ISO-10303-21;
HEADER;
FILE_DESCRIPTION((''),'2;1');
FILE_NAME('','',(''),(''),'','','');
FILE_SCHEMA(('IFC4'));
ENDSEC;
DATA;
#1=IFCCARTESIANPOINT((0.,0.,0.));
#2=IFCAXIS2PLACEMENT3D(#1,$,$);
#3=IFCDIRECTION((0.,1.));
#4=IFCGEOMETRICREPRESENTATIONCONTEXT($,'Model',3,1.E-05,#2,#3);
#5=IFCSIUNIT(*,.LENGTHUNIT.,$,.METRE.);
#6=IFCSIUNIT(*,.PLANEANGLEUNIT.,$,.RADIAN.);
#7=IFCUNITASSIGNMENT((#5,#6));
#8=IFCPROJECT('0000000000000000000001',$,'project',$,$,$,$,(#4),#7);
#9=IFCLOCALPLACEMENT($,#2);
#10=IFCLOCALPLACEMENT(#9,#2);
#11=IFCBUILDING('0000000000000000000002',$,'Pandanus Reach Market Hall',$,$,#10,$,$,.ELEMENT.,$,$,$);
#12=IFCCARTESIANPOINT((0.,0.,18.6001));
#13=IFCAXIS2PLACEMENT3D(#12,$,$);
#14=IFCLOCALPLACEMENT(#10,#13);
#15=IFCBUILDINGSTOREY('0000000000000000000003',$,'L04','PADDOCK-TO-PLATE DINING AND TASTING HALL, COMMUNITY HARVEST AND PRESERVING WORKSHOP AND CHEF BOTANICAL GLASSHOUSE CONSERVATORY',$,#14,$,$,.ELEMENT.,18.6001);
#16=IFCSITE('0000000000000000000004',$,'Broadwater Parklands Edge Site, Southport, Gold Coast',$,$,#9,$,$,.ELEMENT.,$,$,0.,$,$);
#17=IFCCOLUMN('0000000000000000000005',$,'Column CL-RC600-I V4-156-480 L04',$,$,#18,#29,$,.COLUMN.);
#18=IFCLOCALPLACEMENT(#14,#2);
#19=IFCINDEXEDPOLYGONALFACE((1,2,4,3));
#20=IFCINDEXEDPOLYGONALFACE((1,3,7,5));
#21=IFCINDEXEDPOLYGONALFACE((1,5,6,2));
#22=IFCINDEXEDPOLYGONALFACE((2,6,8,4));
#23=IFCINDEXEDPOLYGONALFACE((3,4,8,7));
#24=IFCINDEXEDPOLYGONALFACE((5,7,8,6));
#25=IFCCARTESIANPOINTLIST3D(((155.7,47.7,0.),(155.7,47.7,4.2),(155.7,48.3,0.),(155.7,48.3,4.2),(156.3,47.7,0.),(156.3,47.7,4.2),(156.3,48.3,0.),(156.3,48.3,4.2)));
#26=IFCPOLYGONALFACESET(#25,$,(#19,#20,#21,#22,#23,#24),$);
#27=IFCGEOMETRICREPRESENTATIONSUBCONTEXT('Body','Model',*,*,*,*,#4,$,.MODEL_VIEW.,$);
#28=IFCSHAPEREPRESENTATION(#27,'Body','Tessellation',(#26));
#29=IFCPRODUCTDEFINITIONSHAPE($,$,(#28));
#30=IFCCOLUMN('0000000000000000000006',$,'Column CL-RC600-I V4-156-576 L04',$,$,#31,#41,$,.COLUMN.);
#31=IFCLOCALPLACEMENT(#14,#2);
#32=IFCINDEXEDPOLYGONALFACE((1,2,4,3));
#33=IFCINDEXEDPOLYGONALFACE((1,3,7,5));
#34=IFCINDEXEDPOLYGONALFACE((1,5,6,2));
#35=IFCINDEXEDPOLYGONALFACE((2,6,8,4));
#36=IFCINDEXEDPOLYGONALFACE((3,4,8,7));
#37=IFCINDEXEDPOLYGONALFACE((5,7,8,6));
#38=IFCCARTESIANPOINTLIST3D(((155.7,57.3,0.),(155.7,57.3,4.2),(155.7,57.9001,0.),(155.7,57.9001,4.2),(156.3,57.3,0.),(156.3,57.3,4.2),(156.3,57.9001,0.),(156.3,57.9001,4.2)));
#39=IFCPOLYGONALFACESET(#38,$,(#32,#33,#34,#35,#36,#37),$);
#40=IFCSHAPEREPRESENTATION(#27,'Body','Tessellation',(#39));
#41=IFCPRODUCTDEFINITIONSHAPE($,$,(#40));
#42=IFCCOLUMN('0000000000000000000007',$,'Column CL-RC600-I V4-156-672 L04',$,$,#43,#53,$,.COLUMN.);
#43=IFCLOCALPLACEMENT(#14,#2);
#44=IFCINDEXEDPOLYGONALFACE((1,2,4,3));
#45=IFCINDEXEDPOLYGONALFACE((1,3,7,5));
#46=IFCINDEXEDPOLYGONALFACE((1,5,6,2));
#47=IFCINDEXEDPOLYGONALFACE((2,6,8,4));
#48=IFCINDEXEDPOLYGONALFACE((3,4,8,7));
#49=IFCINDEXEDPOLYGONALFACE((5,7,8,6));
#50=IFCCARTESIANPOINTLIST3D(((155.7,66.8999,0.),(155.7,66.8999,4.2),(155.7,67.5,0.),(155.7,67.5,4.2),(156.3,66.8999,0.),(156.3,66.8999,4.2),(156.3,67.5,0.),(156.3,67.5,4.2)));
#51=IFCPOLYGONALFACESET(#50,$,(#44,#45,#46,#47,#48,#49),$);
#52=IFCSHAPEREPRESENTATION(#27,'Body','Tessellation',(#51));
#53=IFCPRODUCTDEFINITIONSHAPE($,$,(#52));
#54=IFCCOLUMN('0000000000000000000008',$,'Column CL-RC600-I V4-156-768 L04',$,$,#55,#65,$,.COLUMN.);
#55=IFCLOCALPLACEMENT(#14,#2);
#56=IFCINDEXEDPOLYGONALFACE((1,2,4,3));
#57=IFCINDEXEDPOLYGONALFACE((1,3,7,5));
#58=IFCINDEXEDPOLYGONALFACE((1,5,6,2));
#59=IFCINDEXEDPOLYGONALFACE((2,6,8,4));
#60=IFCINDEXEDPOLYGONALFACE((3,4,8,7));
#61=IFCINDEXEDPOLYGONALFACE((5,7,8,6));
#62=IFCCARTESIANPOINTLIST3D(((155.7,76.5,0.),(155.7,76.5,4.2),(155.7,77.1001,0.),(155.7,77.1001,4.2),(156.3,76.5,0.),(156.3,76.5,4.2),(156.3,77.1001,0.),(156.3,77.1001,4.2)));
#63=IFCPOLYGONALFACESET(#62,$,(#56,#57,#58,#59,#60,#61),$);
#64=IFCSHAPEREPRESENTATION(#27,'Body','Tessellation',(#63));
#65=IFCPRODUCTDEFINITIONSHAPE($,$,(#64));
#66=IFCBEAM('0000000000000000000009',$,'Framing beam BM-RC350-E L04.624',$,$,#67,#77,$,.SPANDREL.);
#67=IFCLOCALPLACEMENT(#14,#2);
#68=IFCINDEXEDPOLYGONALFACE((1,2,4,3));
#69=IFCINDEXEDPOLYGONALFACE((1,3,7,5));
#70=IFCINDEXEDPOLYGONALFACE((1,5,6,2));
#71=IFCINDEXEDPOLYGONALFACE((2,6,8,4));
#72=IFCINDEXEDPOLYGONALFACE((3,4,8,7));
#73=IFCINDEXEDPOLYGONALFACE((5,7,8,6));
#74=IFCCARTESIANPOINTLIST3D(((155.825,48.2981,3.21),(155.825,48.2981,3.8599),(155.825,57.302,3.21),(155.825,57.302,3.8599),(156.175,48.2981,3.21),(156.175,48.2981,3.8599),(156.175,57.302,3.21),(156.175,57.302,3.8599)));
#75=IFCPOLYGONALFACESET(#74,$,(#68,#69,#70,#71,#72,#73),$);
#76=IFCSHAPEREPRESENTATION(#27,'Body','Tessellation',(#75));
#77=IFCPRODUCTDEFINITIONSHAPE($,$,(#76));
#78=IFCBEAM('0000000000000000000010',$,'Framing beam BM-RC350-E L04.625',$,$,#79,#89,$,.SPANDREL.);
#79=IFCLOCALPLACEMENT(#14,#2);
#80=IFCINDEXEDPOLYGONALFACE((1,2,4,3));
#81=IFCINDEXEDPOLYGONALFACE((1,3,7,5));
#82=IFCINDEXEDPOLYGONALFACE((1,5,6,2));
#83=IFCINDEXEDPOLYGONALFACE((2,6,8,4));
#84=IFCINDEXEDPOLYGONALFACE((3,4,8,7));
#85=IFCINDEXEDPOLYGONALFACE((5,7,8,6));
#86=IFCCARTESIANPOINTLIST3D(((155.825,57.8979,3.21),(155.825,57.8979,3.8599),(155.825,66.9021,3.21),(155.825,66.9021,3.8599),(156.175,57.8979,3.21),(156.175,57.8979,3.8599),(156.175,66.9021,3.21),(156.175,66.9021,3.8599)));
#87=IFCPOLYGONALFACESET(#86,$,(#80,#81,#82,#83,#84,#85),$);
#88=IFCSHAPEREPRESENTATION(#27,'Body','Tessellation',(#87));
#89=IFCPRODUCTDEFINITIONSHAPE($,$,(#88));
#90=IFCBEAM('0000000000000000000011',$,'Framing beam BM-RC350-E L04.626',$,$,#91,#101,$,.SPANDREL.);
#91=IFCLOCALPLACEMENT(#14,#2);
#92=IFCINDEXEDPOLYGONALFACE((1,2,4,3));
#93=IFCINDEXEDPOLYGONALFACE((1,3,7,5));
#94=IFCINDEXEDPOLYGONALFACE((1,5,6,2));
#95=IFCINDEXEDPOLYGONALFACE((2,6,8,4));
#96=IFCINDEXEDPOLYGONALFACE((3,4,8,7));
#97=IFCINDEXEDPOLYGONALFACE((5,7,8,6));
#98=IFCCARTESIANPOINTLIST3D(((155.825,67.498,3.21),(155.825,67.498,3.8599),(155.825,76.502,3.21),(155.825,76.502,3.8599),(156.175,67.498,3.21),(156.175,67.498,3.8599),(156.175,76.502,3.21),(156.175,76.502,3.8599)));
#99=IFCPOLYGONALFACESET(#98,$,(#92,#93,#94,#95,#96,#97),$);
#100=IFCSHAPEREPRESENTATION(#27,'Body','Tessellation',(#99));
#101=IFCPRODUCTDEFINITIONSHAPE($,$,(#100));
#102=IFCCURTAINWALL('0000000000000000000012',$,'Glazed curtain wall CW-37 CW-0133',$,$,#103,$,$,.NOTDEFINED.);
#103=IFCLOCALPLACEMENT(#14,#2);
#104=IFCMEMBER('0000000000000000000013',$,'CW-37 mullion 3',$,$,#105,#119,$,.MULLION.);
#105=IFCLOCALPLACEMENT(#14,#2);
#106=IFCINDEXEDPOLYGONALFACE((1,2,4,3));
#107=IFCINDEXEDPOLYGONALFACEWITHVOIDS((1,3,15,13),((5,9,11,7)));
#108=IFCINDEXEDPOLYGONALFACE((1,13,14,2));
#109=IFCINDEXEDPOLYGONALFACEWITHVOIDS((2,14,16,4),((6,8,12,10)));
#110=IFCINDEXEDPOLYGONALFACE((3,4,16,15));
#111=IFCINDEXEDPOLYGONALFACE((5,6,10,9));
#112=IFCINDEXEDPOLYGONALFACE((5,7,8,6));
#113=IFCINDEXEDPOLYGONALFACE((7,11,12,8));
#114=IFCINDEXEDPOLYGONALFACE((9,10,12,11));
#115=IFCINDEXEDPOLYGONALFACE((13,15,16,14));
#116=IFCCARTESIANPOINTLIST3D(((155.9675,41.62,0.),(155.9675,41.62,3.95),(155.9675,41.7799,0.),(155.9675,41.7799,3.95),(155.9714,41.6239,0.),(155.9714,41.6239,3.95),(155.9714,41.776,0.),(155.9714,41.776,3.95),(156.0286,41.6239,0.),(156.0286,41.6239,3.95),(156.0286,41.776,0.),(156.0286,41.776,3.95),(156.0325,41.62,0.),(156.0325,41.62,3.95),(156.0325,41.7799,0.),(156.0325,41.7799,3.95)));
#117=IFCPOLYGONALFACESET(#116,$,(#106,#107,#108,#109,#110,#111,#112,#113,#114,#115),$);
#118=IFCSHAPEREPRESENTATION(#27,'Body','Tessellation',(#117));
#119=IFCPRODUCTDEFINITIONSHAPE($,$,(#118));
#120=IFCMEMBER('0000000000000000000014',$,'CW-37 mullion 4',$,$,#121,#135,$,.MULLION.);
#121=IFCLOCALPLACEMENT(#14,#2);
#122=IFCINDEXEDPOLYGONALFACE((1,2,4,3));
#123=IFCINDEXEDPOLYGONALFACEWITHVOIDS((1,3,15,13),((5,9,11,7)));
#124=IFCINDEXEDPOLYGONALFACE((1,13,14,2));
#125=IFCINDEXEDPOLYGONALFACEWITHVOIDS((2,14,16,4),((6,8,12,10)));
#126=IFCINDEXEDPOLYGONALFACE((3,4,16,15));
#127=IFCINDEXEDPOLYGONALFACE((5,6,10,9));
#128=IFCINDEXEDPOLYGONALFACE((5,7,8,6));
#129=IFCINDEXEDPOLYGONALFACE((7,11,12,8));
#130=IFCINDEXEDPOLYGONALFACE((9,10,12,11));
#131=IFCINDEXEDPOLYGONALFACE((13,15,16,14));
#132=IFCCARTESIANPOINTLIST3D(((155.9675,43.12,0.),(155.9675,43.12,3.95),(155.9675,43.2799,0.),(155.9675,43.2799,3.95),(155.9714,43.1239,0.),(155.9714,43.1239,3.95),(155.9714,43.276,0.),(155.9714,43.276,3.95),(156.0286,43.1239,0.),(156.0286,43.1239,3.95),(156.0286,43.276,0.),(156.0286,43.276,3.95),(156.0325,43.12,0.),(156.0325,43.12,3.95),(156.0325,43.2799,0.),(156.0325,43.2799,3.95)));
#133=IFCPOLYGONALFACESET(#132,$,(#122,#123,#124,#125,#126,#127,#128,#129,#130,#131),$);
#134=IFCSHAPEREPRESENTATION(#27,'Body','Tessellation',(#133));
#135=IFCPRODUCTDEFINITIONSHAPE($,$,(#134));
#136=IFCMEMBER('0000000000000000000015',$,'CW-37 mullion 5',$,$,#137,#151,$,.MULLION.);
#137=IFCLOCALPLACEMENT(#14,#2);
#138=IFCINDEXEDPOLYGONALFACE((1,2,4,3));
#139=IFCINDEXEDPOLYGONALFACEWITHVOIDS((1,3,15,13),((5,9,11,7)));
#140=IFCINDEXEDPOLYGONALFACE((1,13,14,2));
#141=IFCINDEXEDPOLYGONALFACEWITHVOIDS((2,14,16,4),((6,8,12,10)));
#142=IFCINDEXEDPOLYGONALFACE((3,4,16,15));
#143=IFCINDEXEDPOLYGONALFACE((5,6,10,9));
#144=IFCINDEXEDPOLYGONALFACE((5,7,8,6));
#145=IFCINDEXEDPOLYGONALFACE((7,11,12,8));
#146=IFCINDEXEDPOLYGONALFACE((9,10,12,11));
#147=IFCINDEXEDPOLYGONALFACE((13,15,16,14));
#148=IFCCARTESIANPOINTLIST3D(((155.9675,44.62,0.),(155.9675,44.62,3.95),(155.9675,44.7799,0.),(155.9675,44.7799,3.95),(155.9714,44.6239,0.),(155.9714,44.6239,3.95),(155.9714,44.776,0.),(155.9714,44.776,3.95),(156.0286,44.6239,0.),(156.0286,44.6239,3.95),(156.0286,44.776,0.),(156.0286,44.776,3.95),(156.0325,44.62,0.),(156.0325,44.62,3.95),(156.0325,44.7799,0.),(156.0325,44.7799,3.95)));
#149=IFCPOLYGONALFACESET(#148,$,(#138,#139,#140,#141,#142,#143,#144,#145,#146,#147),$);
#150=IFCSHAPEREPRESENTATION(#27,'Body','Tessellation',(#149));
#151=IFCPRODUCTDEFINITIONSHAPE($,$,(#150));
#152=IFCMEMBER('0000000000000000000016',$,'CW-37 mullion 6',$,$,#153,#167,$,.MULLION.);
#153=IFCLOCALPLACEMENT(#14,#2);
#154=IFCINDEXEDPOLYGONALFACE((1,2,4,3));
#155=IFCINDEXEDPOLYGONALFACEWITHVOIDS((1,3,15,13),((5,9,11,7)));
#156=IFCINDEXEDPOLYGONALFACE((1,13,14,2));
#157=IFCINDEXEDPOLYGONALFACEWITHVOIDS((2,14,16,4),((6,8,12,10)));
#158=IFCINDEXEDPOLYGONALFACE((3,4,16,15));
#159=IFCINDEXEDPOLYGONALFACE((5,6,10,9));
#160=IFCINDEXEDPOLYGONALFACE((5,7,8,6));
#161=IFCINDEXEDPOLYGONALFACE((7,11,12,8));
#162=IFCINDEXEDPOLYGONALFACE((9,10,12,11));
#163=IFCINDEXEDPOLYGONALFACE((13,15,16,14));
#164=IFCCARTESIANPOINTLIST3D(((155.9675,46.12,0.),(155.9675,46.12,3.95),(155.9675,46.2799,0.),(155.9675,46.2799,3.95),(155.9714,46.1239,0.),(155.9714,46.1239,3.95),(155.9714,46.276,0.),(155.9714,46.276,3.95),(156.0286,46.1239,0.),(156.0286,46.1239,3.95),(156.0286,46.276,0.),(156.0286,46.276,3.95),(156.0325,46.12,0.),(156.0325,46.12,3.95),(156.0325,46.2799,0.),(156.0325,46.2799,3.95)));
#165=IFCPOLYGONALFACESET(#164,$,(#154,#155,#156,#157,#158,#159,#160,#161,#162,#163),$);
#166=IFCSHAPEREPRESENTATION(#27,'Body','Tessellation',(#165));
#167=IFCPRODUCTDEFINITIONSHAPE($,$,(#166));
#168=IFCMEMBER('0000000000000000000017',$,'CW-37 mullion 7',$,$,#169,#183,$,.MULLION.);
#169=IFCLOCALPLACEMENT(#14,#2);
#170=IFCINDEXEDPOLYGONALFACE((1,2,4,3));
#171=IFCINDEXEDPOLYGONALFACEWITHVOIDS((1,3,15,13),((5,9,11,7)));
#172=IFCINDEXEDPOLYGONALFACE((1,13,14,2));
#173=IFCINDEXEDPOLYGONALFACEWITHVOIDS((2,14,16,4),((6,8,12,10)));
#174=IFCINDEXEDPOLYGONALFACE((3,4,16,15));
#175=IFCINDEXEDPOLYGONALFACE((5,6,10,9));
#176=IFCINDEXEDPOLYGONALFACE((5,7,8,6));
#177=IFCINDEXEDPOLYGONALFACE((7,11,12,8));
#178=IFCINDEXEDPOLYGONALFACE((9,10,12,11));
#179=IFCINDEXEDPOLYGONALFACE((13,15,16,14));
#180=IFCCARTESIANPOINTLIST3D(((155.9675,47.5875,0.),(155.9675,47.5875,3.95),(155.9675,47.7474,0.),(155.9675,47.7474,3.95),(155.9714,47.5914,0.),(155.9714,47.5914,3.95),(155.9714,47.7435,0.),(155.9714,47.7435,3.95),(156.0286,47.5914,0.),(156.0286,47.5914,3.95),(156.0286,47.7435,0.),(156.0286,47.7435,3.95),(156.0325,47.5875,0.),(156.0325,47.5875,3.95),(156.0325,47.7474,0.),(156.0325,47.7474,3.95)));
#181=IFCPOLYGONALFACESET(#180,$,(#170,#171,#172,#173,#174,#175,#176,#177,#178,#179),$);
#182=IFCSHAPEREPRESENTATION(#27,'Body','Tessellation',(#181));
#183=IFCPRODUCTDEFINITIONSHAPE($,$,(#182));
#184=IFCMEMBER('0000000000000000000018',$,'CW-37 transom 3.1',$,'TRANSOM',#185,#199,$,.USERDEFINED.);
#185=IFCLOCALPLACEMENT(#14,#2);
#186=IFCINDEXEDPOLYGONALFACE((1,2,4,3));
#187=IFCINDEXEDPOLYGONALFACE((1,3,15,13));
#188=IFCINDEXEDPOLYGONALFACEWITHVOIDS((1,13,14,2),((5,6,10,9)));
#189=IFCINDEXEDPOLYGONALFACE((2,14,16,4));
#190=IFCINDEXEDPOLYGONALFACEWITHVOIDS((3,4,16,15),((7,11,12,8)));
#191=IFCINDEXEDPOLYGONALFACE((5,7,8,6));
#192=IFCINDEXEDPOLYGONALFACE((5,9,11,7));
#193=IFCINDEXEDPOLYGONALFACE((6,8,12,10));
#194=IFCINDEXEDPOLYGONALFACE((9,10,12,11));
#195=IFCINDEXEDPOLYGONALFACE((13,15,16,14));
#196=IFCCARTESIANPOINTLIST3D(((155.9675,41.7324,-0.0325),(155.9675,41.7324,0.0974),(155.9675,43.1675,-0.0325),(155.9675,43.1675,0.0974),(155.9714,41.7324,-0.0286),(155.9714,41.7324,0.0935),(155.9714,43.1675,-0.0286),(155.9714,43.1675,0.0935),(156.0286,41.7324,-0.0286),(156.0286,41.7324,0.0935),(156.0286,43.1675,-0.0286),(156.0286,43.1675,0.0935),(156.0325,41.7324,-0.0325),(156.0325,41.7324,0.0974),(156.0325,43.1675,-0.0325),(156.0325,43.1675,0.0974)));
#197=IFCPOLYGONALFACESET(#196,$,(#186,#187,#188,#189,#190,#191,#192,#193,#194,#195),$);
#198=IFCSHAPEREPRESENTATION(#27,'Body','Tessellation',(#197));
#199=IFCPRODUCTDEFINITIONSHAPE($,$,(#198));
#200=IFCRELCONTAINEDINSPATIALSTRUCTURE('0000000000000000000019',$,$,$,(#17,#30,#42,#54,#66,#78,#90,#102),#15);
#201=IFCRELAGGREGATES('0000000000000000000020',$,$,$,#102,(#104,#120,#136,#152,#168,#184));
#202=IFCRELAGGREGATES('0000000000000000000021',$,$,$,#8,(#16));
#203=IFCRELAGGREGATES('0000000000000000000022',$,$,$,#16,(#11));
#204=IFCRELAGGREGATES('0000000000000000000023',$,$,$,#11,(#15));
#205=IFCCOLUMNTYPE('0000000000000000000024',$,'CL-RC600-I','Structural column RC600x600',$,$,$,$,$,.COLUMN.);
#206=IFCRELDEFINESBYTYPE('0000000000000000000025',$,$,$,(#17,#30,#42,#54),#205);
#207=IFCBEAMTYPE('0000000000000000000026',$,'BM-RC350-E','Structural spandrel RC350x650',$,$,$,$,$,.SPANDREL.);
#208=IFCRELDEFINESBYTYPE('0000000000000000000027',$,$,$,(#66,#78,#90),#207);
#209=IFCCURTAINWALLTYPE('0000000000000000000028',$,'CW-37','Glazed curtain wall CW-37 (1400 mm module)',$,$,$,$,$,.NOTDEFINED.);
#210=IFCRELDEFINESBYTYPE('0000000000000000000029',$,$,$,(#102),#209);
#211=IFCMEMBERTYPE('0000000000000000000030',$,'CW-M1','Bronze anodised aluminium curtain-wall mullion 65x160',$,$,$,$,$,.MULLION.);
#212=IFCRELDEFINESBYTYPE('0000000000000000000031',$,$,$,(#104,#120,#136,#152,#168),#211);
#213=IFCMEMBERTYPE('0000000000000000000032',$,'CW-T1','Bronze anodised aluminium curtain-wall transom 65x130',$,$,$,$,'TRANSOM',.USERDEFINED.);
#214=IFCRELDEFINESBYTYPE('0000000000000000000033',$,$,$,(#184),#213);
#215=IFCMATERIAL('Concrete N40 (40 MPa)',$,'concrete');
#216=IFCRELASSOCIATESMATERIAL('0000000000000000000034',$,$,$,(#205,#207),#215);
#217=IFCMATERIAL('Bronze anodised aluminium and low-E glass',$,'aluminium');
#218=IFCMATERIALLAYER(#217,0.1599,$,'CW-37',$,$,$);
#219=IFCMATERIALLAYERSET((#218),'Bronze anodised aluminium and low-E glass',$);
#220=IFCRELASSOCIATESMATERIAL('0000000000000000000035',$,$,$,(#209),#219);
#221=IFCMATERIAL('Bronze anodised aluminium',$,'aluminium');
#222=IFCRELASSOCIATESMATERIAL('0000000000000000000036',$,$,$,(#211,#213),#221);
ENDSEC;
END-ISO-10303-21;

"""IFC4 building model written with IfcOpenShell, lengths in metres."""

from ifc_helpers import new_model, si_unit, direction, frame, origin, origin_2d, place, context, subcontext, project, spatial, rectangle, hollow_rectangle, extrude, material, layer, layer_set, material_profile, profile_set, type_object, element, aggregate, save


model = new_model("IFC4")

# Units and contexts
model_context = context("Model", 3, precision=1e-05, world=origin(), true_north=direction((0.0, 1.0)))
body_context = subcontext(model_context, "Body", "Model", "MODEL_VIEW")
ifc_project = project(units=[si_unit("LENGTHUNIT", "METRE"), si_unit("PLANEANGLEUNIT", "RADIAN")], contexts=[model_context])

# Site, building, storey
site_placement = place(None, origin())
site = spatial("IfcSite", under=ifc_project, at=site_placement, Name="Broadwater Parklands Edge Site, Southport, Gold Coast", CompositionType="ELEMENT", RefElevation=0.0)
building_placement = place(site_placement, origin())
building = spatial("IfcBuilding", under=site, at=building_placement, Name="Pandanus Reach Market Hall", CompositionType="ELEMENT")
storey_placement = place(building_placement, frame((0.0, 0.0, 18.6001)))
storey = spatial("IfcBuildingStorey", under=building, at=storey_placement, Name="L04", Description="PADDOCK-TO-PLATE DINING AND TASTING HALL, COMMUNITY HARVEST AND PRESERVING WORKSHOP AND CHEF BOTANICAL GLASSHOUSE CONSERVATORY", CompositionType="ELEMENT", Elevation=18.6001)

# Columns
ifc_material_1 = material(Name="Concrete N40 (40 MPa)", Category="concrete")
ifc_material_profile_1 = material_profile(ifc_material_1, rectangle(XDim=0.6001, YDim=0.6001, at=origin_2d()), Name="RC600x600", Category="LoadBearing")
ifc_profile_set_1 = profile_set([ifc_material_profile_1], Name="Concrete N40 (40 MPa)")
column_type = type_object("IfcColumnType", Name="CL-RC600-I", Description="Structural column RC600x600", PredefinedType="COLUMN", material=ifc_profile_set_1)
for number, where, z_axis, x_axis, name in (
    (1, (156.0, 48.0, 0.0), (0.0, 0.0, 1.0), (1.0, 0.0, 0.0), "Column CL-RC600-I V4-156-480 L04"),
    (2, (156.0, 57.6001, 0.0), (0.0, 0.0, 1.0), (1.0, 0.0, 0.0), "Column CL-RC600-I V4-156-576 L04"),
    (3, (156.0, 67.2, 0.0), (0.0, 0.0, 1.0), (1.0, 0.0, 0.0), "Column CL-RC600-I V4-156-672 L04"),
    (4, (156.0, 76.8, 0.0), (0.0, 0.0, 1.0), (1.0, 0.0, 0.0), "Column CL-RC600-I V4-156-768 L04"),
):
    element("IfcColumn", number, at=place(storey_placement, frame(where, z_axis=z_axis, x_axis=x_axis)), inside=storey, type_object=column_type, Name=name, PredefinedType="COLUMN", context=body_context, shape_type="SweptSolid", body=[
        extrude(rectangle(XDim=0.6001, YDim=0.6001, at=origin_2d()), origin(), (0.0, 0.0, 1.0), 4.2),
    ])

# Beams
ifc_material_profile_2 = material_profile(ifc_material_1, rectangle(XDim=0.3501, YDim=0.6499, at=origin_2d()), Name="RC350x650", Category="LoadBearing")
ifc_profile_set_2 = profile_set([ifc_material_profile_2], Name="Concrete N40 (40 MPa)")
beam_type = type_object("IfcBeamType", Name="BM-RC350-E", Description="Structural spandrel RC350x650", PredefinedType="SPANDREL", material=ifc_profile_set_2)
beam_1_placement = place(storey_placement, frame((156.0, 48.2981, 3.5349), z_axis=(0.0, 1.0, 0.0), x_axis=(-1.0, 0.0, 0.0)))
element("IfcBeam", 5, at=beam_1_placement, inside=storey, type_object=beam_type, Name="Framing beam BM-RC350-E L04.624", PredefinedType="SPANDREL", context=body_context, shape_type="SweptSolid", body=[
    extrude(rectangle(XDim=0.3501, YDim=0.6499, at=origin_2d()), origin(), (0.0, 0.0, 1.0), 9.0039),
])
beam_2_placement = place(storey_placement, frame((156.0, 57.8979, 3.5349), z_axis=(0.0, 1.0, 0.0), x_axis=(-1.0, 0.0, 0.0)))
element("IfcBeam", 6, at=beam_2_placement, inside=storey, type_object=beam_type, Name="Framing beam BM-RC350-E L04.625", PredefinedType="SPANDREL", context=body_context, shape_type="SweptSolid", body=[
    extrude(rectangle(XDim=0.3501, YDim=0.6499, at=origin_2d()), origin(), (0.0, 0.0, 1.0), 9.0042),
])
beam_3_placement = place(storey_placement, frame((156.0, 67.498, 3.5349), z_axis=(0.0, 1.0, 0.0), x_axis=(-1.0, 0.0, 0.0)))
element("IfcBeam", 7, at=beam_3_placement, inside=storey, type_object=beam_type, Name="Framing beam BM-RC350-E L04.626", PredefinedType="SPANDREL", context=body_context, shape_type="SweptSolid", body=[
    extrude(rectangle(XDim=0.3501, YDim=0.6499, at=origin_2d()), origin(), (0.0, 0.0, 1.0), 9.0039),
])

# Curtain wall, members
ifc_material_2 = material(Name="Bronze anodised aluminium and low-E glass", Category="aluminium")
ifc_layer_1 = layer(ifc_material_2, 0.1599, Name="CW-37")
ifc_layer_set_1 = layer_set([ifc_layer_1], Name="Bronze anodised aluminium and low-E glass")
curtain_wall_type = type_object("IfcCurtainWallType", Name="CW-37", Description="Glazed curtain wall CW-37 (1400 mm module)", PredefinedType="NOTDEFINED", material=ifc_layer_set_1)
curtain_wall_placement = place(storey_placement, origin())
curtain_wall = element("IfcCurtainWall", 8, at=curtain_wall_placement, inside=storey, type_object=curtain_wall_type, Name="Glazed curtain wall CW-37 CW-0133", PredefinedType="NOTDEFINED")
ifc_material_3 = material(Name="Bronze anodised aluminium", Category="aluminium")
ifc_material_profile_3 = material_profile(ifc_material_3, hollow_rectangle(XDim=0.0649, YDim=0.1599, WallThickness=0.0039, at=origin_2d()), Name="ALU65x160", Category="LoadBearing")
ifc_profile_set_3 = profile_set([ifc_material_profile_3], Name="Bronze anodised aluminium")
member_type_1 = type_object("IfcMemberType", Name="CW-M1", Description="Bronze anodised aluminium curtain-wall mullion 65x160", PredefinedType="MULLION", material=ifc_profile_set_3)
member_1_placement = place(storey_placement, frame((156.0, 41.7, 0.0), z_axis=(0.0, 0.0, 1.0), x_axis=(-1.0, 0.0, 0.0)))
member_1 = element("IfcMember", 9, at=member_1_placement, type_object=member_type_1, Name="CW-37 mullion 3", PredefinedType="MULLION", context=body_context, shape_type="SweptSolid", body=[
    extrude(hollow_rectangle(XDim=0.0649, YDim=0.1599, WallThickness=0.0039, at=origin_2d()), origin(), (0.0, 0.0, 1.0), 3.95),
])
member_2_placement = place(storey_placement, frame((156.0, 43.2, 0.0), z_axis=(0.0, 0.0, 1.0), x_axis=(-1.0, 0.0, 0.0)))
member_2 = element("IfcMember", 10, at=member_2_placement, type_object=member_type_1, Name="CW-37 mullion 4", PredefinedType="MULLION", context=body_context, shape_type="SweptSolid", body=[
    extrude(hollow_rectangle(XDim=0.0649, YDim=0.1599, WallThickness=0.0039, at=origin_2d()), origin(), (0.0, 0.0, 1.0), 3.95),
])
member_3_placement = place(storey_placement, frame((156.0, 44.7, 0.0), z_axis=(0.0, 0.0, 1.0), x_axis=(-1.0, 0.0, 0.0)))
member_3 = element("IfcMember", 11, at=member_3_placement, type_object=member_type_1, Name="CW-37 mullion 5", PredefinedType="MULLION", context=body_context, shape_type="SweptSolid", body=[
    extrude(hollow_rectangle(XDim=0.0649, YDim=0.1599, WallThickness=0.0039, at=origin_2d()), origin(), (0.0, 0.0, 1.0), 3.95),
])
member_4_placement = place(storey_placement, frame((156.0, 46.2, 0.0), z_axis=(0.0, 0.0, 1.0), x_axis=(-1.0, 0.0, 0.0)))
member_4 = element("IfcMember", 12, at=member_4_placement, type_object=member_type_1, Name="CW-37 mullion 6", PredefinedType="MULLION", context=body_context, shape_type="SweptSolid", body=[
    extrude(hollow_rectangle(XDim=0.0649, YDim=0.1599, WallThickness=0.0039, at=origin_2d()), origin(), (0.0, 0.0, 1.0), 3.95),
])
member_5_placement = place(storey_placement, frame((156.0, 47.6675, 0.0), z_axis=(0.0, 0.0, 1.0), x_axis=(-1.0, 0.0, 0.0)))
member_5 = element("IfcMember", 13, at=member_5_placement, type_object=member_type_1, Name="CW-37 mullion 7", PredefinedType="MULLION", context=body_context, shape_type="SweptSolid", body=[
    extrude(hollow_rectangle(XDim=0.0649, YDim=0.1599, WallThickness=0.0039, at=origin_2d()), origin(), (0.0, 0.0, 1.0), 3.95),
])
ifc_material_profile_4 = material_profile(ifc_material_3, hollow_rectangle(XDim=0.0649, YDim=0.1299, WallThickness=0.0039, at=origin_2d()), Name="ALU65x130", Category="LoadBearing")
ifc_profile_set_4 = profile_set([ifc_material_profile_4], Name="Bronze anodised aluminium")
member_type_2 = type_object("IfcMemberType", Name="CW-T1", Description="Bronze anodised aluminium curtain-wall transom 65x130", ElementType="TRANSOM", PredefinedType="USERDEFINED", material=ifc_profile_set_4)
member_6_placement = place(storey_placement, frame((156.0, 41.7324, 0.0325), z_axis=(0.0, 1.0, 0.0), x_axis=(-1.0, 0.0, 0.0)))
member_6 = element("IfcMember", 14, at=member_6_placement, type_object=member_type_2, Name="CW-37 transom 3.1", ObjectType="TRANSOM", PredefinedType="USERDEFINED", context=body_context, shape_type="SweptSolid", body=[
    extrude(hollow_rectangle(XDim=0.0649, YDim=0.1299, WallThickness=0.0039, at=origin_2d()), origin(), (0.0, 0.0, 1.0), 1.4351),
])
aggregate(curtain_wall, [member_1, member_2, member_3, member_4, member_5, member_6])

save(model, "model.ifc")
